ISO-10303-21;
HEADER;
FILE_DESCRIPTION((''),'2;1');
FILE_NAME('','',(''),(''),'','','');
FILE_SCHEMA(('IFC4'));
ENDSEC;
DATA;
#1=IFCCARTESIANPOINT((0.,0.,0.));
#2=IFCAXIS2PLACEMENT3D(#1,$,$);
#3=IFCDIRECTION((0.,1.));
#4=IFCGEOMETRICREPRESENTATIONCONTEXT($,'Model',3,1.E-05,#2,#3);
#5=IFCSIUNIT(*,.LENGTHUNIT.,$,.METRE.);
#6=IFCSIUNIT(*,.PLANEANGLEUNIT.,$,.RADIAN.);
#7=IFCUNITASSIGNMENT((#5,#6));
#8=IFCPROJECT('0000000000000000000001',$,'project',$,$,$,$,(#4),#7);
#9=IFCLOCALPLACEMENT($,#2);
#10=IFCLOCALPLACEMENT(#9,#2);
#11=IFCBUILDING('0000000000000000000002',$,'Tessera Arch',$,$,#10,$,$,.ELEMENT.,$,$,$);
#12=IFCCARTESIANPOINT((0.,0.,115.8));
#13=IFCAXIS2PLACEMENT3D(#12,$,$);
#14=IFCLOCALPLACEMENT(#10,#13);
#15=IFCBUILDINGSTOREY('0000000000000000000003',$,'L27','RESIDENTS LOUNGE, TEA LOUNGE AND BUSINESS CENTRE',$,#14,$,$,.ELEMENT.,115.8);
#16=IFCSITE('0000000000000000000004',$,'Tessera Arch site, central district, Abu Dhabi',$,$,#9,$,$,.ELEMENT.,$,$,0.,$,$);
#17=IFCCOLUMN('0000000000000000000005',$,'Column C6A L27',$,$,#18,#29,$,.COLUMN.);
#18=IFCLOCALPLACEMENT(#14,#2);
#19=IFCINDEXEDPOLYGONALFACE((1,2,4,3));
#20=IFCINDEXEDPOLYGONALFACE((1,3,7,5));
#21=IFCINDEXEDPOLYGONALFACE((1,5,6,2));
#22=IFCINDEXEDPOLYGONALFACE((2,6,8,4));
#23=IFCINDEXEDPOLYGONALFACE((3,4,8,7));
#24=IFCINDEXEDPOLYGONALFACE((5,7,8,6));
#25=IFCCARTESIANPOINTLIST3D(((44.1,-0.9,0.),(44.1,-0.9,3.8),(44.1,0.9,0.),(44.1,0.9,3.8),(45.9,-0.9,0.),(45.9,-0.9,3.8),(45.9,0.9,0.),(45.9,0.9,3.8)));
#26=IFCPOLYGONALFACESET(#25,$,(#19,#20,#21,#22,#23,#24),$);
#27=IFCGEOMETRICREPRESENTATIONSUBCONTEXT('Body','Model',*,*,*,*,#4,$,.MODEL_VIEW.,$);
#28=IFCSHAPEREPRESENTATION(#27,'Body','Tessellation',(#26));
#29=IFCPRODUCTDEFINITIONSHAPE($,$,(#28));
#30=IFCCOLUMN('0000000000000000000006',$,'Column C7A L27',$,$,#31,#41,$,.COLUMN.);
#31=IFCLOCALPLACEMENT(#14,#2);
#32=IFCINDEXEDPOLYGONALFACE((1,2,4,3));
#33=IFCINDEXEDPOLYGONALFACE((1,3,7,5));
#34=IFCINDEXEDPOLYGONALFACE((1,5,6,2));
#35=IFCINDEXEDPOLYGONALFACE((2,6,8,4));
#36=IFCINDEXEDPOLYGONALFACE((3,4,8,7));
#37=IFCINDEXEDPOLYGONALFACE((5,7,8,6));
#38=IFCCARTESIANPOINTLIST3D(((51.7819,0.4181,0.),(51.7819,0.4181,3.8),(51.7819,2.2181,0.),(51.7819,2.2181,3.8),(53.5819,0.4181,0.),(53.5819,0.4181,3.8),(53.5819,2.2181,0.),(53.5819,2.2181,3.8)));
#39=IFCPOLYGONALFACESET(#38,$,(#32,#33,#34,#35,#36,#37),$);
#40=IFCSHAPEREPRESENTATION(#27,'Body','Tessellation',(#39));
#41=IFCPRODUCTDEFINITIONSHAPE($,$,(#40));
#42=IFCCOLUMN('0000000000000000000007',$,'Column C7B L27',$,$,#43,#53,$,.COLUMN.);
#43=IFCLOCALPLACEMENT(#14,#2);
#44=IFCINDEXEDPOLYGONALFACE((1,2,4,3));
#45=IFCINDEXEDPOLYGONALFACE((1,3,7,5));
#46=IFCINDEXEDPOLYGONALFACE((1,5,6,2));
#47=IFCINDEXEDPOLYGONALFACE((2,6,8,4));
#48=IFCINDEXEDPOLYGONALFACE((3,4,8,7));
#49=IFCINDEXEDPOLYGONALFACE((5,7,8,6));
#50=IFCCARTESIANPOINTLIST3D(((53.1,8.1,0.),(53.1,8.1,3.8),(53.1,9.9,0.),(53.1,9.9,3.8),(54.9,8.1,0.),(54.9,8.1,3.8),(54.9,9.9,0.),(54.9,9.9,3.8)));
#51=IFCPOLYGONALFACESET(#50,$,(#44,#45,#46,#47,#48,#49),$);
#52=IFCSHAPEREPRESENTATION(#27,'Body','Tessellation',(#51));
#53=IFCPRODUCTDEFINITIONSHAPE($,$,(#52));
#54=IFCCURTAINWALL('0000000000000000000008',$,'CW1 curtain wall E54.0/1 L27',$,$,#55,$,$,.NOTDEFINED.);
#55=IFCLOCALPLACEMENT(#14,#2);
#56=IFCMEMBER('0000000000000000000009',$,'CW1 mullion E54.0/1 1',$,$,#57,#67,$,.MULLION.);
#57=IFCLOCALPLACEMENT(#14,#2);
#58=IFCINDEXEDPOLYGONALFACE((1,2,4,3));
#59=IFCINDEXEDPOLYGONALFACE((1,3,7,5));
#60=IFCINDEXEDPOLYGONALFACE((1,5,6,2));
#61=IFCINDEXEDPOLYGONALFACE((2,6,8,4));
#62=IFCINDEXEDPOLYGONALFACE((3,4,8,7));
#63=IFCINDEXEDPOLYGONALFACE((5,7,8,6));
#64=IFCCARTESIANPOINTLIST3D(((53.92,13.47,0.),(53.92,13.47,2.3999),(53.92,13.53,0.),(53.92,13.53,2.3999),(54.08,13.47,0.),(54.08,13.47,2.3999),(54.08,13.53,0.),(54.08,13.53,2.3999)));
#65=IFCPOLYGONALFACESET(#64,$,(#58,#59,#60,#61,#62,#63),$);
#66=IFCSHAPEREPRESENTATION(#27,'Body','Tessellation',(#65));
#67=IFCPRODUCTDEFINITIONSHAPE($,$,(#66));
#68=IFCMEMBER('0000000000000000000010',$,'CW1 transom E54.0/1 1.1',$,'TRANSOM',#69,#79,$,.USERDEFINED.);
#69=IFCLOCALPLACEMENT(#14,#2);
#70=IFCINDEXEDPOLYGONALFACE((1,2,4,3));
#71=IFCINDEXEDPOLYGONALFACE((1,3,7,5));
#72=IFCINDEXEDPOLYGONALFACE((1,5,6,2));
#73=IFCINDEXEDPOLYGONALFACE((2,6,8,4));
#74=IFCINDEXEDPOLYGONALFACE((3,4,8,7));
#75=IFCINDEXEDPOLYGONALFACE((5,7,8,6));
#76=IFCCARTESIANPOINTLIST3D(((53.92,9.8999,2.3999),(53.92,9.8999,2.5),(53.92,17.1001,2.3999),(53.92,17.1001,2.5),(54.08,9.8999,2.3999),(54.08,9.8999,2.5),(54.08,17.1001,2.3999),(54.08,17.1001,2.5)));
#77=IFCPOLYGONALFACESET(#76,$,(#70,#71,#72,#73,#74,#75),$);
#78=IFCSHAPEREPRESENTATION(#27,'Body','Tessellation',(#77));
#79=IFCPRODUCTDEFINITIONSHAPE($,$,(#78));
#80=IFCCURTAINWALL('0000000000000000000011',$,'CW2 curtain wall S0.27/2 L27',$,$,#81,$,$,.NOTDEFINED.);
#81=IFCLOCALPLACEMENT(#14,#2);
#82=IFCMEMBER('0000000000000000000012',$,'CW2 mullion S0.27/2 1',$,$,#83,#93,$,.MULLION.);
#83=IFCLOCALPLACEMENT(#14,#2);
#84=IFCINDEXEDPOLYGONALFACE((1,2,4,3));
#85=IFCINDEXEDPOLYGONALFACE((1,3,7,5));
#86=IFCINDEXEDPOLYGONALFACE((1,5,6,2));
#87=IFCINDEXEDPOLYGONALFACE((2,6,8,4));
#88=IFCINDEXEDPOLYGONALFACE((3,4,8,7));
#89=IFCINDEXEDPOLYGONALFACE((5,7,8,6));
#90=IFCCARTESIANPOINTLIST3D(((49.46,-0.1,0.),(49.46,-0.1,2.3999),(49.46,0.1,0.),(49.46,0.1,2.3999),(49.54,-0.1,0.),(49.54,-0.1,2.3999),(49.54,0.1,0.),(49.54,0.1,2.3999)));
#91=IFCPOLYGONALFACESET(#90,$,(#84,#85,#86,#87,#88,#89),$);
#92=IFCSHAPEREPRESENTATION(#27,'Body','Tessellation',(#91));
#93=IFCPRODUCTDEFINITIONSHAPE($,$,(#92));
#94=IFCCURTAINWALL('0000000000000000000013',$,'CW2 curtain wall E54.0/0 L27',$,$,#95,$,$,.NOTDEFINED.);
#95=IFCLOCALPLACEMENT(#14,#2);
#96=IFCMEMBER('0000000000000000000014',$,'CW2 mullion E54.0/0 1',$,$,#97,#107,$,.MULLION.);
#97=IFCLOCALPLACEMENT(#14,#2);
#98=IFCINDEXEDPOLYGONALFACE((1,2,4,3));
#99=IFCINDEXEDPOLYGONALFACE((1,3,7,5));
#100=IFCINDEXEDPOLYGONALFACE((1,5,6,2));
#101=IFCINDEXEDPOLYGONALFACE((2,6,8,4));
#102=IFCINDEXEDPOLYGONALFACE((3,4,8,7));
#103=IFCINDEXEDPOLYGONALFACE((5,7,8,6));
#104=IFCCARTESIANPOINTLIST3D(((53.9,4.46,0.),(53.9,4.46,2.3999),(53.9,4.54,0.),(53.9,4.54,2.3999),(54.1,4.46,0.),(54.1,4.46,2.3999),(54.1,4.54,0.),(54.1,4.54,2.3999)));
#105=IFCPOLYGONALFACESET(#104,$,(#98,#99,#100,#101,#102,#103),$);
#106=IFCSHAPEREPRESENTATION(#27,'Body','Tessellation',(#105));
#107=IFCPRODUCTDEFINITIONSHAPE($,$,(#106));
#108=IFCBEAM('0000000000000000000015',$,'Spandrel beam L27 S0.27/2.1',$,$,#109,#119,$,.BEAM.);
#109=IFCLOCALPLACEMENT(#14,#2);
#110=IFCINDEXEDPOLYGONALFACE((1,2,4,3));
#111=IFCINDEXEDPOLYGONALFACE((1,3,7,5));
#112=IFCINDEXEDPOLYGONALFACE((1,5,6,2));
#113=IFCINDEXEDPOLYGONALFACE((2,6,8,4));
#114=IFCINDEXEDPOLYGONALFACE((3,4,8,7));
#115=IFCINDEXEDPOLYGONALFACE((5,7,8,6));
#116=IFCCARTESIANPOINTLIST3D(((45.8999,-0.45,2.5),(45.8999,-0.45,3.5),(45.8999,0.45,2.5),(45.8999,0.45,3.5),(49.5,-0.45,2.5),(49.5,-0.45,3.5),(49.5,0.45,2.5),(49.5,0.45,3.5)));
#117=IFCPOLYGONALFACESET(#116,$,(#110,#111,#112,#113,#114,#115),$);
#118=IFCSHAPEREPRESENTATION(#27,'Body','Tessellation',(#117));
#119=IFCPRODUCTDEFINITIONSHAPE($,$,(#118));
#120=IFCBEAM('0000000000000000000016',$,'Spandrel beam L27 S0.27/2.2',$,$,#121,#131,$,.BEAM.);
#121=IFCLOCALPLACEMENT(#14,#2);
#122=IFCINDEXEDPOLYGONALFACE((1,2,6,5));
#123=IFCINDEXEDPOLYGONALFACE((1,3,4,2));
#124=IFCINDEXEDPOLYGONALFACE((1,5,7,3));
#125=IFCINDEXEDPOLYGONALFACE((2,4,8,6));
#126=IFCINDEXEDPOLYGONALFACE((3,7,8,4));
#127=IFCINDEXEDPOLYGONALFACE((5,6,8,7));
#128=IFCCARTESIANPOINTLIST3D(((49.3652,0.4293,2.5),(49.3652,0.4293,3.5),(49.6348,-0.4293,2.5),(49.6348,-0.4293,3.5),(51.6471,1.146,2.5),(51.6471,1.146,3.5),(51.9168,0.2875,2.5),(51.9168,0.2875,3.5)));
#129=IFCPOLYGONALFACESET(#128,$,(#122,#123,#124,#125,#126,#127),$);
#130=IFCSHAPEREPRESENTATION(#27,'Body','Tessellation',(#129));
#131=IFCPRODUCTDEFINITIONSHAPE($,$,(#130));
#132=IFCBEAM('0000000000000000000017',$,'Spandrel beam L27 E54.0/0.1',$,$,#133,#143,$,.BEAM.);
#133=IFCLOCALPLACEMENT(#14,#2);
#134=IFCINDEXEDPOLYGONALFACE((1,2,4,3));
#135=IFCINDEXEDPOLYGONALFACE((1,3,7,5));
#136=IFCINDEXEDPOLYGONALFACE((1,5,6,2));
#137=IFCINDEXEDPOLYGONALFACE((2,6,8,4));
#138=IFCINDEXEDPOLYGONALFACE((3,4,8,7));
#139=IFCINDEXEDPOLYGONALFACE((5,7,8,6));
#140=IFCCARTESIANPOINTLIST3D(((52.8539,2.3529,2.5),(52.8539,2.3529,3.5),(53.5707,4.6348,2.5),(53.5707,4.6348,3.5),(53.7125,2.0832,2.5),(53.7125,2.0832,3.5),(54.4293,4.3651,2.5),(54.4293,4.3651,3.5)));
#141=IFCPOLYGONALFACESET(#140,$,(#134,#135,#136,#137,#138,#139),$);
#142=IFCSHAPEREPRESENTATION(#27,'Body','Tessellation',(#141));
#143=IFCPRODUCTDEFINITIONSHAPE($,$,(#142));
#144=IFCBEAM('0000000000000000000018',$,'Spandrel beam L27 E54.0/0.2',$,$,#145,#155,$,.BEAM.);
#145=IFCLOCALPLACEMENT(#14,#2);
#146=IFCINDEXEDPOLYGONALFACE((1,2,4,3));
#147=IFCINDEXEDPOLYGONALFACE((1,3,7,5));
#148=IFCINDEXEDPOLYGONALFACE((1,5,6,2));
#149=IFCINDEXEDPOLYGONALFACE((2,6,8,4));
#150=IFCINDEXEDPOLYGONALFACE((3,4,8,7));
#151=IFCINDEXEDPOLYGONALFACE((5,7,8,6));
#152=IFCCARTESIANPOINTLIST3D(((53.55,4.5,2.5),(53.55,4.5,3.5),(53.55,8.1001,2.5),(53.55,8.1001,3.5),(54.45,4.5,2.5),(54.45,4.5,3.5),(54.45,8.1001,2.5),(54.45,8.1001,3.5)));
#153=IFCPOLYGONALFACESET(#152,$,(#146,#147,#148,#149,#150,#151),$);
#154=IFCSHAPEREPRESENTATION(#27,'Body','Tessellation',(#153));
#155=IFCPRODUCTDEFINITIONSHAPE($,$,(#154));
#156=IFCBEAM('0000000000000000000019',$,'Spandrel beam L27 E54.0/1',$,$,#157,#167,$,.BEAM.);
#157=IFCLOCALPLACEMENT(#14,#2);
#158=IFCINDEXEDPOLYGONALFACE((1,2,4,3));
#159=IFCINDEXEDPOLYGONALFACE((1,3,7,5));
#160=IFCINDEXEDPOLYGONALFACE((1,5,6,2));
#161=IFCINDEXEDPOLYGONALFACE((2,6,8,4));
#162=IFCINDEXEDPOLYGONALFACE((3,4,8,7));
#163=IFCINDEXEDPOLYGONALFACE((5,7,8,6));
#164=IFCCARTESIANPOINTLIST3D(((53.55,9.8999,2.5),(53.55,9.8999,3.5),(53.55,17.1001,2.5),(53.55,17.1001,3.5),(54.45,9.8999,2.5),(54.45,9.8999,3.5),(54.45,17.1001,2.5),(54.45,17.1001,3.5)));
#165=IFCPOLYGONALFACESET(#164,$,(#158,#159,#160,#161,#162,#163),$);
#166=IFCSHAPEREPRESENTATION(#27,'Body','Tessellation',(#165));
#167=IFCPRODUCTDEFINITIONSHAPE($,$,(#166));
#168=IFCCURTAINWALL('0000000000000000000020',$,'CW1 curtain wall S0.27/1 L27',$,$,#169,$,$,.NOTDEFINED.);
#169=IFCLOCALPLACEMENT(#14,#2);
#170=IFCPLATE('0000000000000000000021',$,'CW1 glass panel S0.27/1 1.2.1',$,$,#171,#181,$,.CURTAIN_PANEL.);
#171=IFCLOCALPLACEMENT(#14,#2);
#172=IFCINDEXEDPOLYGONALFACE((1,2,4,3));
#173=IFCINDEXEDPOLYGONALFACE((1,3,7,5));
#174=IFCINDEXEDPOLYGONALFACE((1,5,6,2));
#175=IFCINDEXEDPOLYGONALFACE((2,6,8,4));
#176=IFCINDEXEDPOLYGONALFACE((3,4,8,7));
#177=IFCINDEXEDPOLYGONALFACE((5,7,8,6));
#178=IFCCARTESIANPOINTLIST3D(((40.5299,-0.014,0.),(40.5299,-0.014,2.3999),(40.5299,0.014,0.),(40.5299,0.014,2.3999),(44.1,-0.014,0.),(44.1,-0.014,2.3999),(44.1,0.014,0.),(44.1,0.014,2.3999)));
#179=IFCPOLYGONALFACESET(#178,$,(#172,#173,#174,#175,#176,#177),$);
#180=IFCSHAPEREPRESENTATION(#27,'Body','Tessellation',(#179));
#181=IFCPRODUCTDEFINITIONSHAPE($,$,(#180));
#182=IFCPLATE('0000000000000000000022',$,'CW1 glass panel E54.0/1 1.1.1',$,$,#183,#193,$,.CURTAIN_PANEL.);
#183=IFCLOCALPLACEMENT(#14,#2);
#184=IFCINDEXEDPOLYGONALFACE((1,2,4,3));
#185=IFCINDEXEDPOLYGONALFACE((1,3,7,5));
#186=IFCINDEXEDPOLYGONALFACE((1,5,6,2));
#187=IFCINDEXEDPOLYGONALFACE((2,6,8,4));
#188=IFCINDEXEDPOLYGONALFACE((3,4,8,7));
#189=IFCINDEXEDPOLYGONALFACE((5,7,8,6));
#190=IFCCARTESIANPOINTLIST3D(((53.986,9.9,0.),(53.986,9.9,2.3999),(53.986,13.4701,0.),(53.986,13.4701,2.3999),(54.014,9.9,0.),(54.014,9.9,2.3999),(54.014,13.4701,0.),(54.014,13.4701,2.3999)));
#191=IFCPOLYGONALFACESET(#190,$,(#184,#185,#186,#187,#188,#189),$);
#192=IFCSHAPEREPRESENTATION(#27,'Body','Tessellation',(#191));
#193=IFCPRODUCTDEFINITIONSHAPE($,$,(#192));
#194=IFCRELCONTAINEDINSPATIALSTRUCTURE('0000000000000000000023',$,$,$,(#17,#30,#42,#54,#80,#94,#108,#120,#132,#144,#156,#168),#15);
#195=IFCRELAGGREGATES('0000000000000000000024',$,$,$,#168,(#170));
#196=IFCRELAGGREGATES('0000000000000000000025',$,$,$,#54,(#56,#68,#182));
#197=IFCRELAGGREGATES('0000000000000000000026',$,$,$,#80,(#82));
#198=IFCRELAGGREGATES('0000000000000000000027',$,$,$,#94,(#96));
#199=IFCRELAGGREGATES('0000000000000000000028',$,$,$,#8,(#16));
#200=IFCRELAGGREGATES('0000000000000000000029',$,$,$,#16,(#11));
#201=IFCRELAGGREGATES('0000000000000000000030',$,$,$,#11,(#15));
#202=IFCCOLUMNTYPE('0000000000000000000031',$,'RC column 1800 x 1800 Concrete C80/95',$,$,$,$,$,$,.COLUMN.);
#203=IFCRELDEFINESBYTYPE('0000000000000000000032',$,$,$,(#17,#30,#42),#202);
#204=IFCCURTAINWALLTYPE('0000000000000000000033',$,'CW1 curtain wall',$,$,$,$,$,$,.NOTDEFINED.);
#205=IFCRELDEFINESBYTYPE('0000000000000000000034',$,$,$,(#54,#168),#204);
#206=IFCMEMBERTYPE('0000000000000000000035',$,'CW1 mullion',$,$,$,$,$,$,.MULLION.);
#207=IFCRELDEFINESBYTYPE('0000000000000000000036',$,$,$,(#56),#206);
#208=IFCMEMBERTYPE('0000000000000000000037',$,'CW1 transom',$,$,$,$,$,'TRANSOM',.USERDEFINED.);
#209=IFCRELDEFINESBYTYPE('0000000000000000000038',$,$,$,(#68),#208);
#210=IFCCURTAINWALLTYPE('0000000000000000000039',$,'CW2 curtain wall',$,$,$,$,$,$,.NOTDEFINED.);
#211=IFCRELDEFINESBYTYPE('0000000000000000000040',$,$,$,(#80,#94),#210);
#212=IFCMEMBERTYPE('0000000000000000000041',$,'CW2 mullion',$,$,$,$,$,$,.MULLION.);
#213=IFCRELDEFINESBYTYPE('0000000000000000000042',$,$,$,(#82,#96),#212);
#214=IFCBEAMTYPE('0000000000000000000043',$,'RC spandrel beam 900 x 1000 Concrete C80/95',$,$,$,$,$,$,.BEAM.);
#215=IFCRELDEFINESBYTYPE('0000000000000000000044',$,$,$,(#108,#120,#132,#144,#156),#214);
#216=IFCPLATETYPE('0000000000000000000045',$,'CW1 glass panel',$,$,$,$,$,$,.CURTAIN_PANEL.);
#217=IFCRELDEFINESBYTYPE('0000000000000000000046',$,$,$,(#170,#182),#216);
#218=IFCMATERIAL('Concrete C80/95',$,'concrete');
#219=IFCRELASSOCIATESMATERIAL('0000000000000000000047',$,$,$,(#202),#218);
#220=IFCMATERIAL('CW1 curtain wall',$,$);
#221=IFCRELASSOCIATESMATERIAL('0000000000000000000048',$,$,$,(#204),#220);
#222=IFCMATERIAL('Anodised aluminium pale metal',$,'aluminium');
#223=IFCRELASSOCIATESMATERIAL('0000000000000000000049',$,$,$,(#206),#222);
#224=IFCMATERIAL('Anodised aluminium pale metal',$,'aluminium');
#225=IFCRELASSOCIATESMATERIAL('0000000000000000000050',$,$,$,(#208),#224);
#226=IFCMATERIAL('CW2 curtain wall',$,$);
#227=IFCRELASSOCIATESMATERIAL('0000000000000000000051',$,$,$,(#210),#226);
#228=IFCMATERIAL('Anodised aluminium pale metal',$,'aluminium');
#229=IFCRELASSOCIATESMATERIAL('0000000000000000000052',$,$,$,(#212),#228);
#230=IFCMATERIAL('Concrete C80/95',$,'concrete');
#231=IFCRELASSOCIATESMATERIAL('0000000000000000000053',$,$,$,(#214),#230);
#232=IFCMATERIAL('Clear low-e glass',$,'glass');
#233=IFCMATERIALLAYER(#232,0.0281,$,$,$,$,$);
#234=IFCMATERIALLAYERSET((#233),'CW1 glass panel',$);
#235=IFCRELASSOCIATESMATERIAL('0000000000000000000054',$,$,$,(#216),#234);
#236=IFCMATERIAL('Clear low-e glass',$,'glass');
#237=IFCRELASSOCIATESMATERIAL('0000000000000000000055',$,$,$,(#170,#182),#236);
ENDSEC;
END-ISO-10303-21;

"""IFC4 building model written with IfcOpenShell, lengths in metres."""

from ifc_helpers import new_model, si_unit, direction, frame, origin, origin_2d, place, context, subcontext, project, spatial, rectangle, extrude, material, layer, layer_set, material_profile, profile_set, type_object, element, aggregate, save


model = new_model("IFC4")

# Units and contexts
model_context = context("Model", 3, precision=1e-05, world=origin(), true_north=direction((0.0, 1.0)))
body_context = subcontext(model_context, "Body", "Model", "MODEL_VIEW")
ifc_project = project(units=[si_unit("LENGTHUNIT", "METRE"), si_unit("PLANEANGLEUNIT", "RADIAN")], contexts=[model_context])

# Site, building, storey
site_placement = place(None, origin())
site = spatial("IfcSite", under=ifc_project, at=site_placement, Name="Tessera Arch site, central district, Abu Dhabi", CompositionType="ELEMENT", RefElevation=0.0)
building_placement = place(site_placement, origin())
building = spatial("IfcBuilding", under=site, at=building_placement, Name="Tessera Arch", CompositionType="ELEMENT")
storey_placement = place(building_placement, frame((0.0, 0.0, 115.8)))
storey = spatial("IfcBuildingStorey", under=building, at=storey_placement, Name="L27", Description="RESIDENTS LOUNGE, TEA LOUNGE AND BUSINESS CENTRE", CompositionType="ELEMENT", Elevation=115.8)

# Columns
ifc_material_1 = material(Name="Concrete C80/95", Category="concrete")
ifc_material_profile_1 = material_profile(ifc_material_1, rectangle(XDim=1.8, YDim=1.8, at=origin_2d()), Name="RC column 1800 x 1800 Concrete C80/95")
ifc_profile_set_1 = profile_set([ifc_material_profile_1], Name="Concrete C80/95")
column_type = type_object("IfcColumnType", Name="RC column 1800 x 1800 Concrete C80/95", PredefinedType="COLUMN", material=ifc_profile_set_1)
for number, where, z_axis, x_axis, name in (
    (1, (45.0, 0.0, 0.0), (0.0, 0.0, 1.0), (1.0, 0.0, 0.0), "Column C6A L27"),
    (2, (52.6819, 1.3181, 0.0), (0.0, 0.0, 1.0), (1.0, 0.0, 0.0), "Column C7A L27"),
    (3, (54.0, 9.0, 0.0), (0.0, 0.0, 1.0), (1.0, 0.0, 0.0), "Column C7B L27"),
):
    element("IfcColumn", number, at=place(storey_placement, frame(where, z_axis=z_axis, x_axis=x_axis)), inside=storey, type_object=column_type, Name=name, PredefinedType="COLUMN", context=body_context, shape_type="SweptSolid", body=[
        extrude(rectangle(XDim=1.8, YDim=1.8, at=origin_2d()), origin(), (0.0, 0.0, 1.0), 3.8),
    ])

# Curtain wall, members
ifc_material_2 = material(Name="CW1 curtain wall")
curtain_wall_type_1 = type_object("IfcCurtainWallType", Name="CW1 curtain wall", PredefinedType="NOTDEFINED", material=ifc_material_2)
curtain_wall_1_placement = place(storey_placement, origin())
curtain_wall_1 = element("IfcCurtainWall", 4, at=curtain_wall_1_placement, inside=storey, type_object=curtain_wall_type_1, Name="CW1 curtain wall E54.0/1 L27", PredefinedType="NOTDEFINED")
ifc_material_3 = material(Name="Anodised aluminium pale metal", Category="aluminium")
ifc_material_profile_2 = material_profile(ifc_material_3, rectangle(XDim=0.1599, YDim=0.0601, at=origin_2d()), Name="AL 60x160")
ifc_profile_set_2 = profile_set([ifc_material_profile_2], Name="Anodised aluminium pale metal")
member_type_1 = type_object("IfcMemberType", Name="CW1 mullion", PredefinedType="MULLION", material=ifc_profile_set_2)
member_1_placement = place(storey_placement, frame((54.0, 13.5, 0.0), z_axis=(0.0, 0.0, 1.0), x_axis=(-1.0, 0.0, 0.0)))
member_1 = element("IfcMember", 5, at=member_1_placement, type_object=member_type_1, Name="CW1 mullion E54.0/1 1", PredefinedType="MULLION", context=body_context, shape_type="SweptSolid", body=[
    extrude(rectangle(XDim=0.1599, YDim=0.0601, at=origin_2d()), origin(), (0.0, 0.0, 1.0), 2.3999),
])
ifc_material_4 = material(Name="Anodised aluminium pale metal", Category="aluminium")
ifc_material_profile_3 = material_profile(ifc_material_4, rectangle(XDim=0.1599, YDim=0.1001, at=origin_2d()), Name="AL 160x100")
ifc_profile_set_3 = profile_set([ifc_material_profile_3], Name="Anodised aluminium pale metal")
member_type_2 = type_object("IfcMemberType", Name="CW1 transom", ElementType="TRANSOM", PredefinedType="USERDEFINED", material=ifc_profile_set_3)
member_2_placement = place(storey_placement, frame((54.0, 9.8999, 2.45), z_axis=(0.0, 1.0, 0.0), x_axis=(-1.0, 0.0, 0.0)))
member_2 = element("IfcMember", 6, at=member_2_placement, type_object=member_type_2, Name="CW1 transom E54.0/1 1.1", ObjectType="TRANSOM", PredefinedType="USERDEFINED", context=body_context, shape_type="SweptSolid", body=[
    extrude(rectangle(XDim=0.1599, YDim=0.1001, at=origin_2d()), origin(), (0.0, 0.0, 1.0), 7.2002),
])

# Curtain walls, members
ifc_material_5 = material(Name="CW2 curtain wall")
curtain_wall_type_2 = type_object("IfcCurtainWallType", Name="CW2 curtain wall", PredefinedType="NOTDEFINED", material=ifc_material_5)
curtain_wall_2_placement = place(storey_placement, origin())
curtain_wall_2 = element("IfcCurtainWall", 7, at=curtain_wall_2_placement, inside=storey, type_object=curtain_wall_type_2, Name="CW2 curtain wall S0.27/2 L27", PredefinedType="NOTDEFINED")
ifc_material_6 = material(Name="Anodised aluminium pale metal", Category="aluminium")
ifc_material_profile_4 = material_profile(ifc_material_6, rectangle(XDim=0.2, YDim=0.0801, at=origin_2d()), Name="AL 80x200")
ifc_profile_set_4 = profile_set([ifc_material_profile_4], Name="Anodised aluminium pale metal")
member_type_3 = type_object("IfcMemberType", Name="CW2 mullion", PredefinedType="MULLION", material=ifc_profile_set_4)
member_3_placement = place(storey_placement, frame((49.5, 0.0, 0.0), z_axis=(0.0, 0.0, 1.0), x_axis=(0.0, 1.0, 0.0)))
member_3 = element("IfcMember", 8, at=member_3_placement, type_object=member_type_3, Name="CW2 mullion S0.27/2 1", PredefinedType="MULLION", context=body_context, shape_type="SweptSolid", body=[
    extrude(rectangle(XDim=0.2, YDim=0.0801, at=origin_2d()), origin(), (0.0, 0.0, 1.0), 2.3999),
])
curtain_wall_3_placement = place(storey_placement, origin())
curtain_wall_3 = element("IfcCurtainWall", 9, at=curtain_wall_3_placement, inside=storey, type_object=curtain_wall_type_2, Name="CW2 curtain wall E54.0/0 L27", PredefinedType="NOTDEFINED")
member_4_placement = place(storey_placement, frame((54.0, 4.5, 0.0), z_axis=(0.0, 0.0, 1.0), x_axis=(-1.0, 0.0, 0.0)))
member_4 = element("IfcMember", 10, at=member_4_placement, type_object=member_type_3, Name="CW2 mullion E54.0/0 1", PredefinedType="MULLION", context=body_context, shape_type="SweptSolid", body=[
    extrude(rectangle(XDim=0.2, YDim=0.0801, at=origin_2d()), origin(), (0.0, 0.0, 1.0), 2.3999),
])

# Beams
ifc_material_7 = material(Name="Concrete C80/95", Category="concrete")
ifc_material_profile_5 = material_profile(ifc_material_7, rectangle(XDim=0.8999, YDim=1.0, at=origin_2d()), Name="RC spandrel beam 900 x 1000 Concrete C80/95")
ifc_profile_set_5 = profile_set([ifc_material_profile_5], Name="Concrete C80/95")
beam_type = type_object("IfcBeamType", Name="RC spandrel beam 900 x 1000 Concrete C80/95", PredefinedType="BEAM", material=ifc_profile_set_5)
beam_1_placement = place(storey_placement, frame((45.8999, 0.0, 3.0), z_axis=(1.0, 0.0, 0.0), x_axis=(0.0, 1.0, 0.0)))
element("IfcBeam", 11, at=beam_1_placement, inside=storey, type_object=beam_type, Name="Spandrel beam L27 S0.27/2.1", PredefinedType="BEAM", context=body_context, shape_type="SweptSolid", body=[
    extrude(rectangle(XDim=0.8999, YDim=1.0, at=origin_2d()), origin(), (0.0, 0.0, 1.0), 3.6001),
])
for number, where, z_axis, x_axis, name in (
    (12, (49.5, 0.0, 3.0), (0.954041, 0.299675, 0.0), (-0.299675, 0.954041, 0.0), "Spandrel beam L27 S0.27/2.2"),
    (13, (53.2832, 2.218, 3.0), (0.299675, 0.954041, 0.0), (-0.954041, 0.299675, 0.0), "Spandrel beam L27 E54.0/0.1"),
):
    element("IfcBeam", number, at=place(storey_placement, frame(where, z_axis=z_axis, x_axis=x_axis)), inside=storey, type_object=beam_type, Name=name, PredefinedType="BEAM", context=body_context, shape_type="SweptSolid", body=[
        extrude(rectangle(XDim=0.8999, YDim=1.0, at=origin_2d()), origin(), (0.0, 0.0, 1.0), 2.3918),
    ])
beam_2_placement = place(storey_placement, frame((54.0, 4.5, 3.0), z_axis=(0.0, 1.0, 0.0), x_axis=(-1.0, 0.0, 0.0)))
element("IfcBeam", 14, at=beam_2_placement, inside=storey, type_object=beam_type, Name="Spandrel beam L27 E54.0/0.2", PredefinedType="BEAM", context=body_context, shape_type="SweptSolid", body=[
    extrude(rectangle(XDim=0.8999, YDim=1.0, at=origin_2d()), origin(), (0.0, 0.0, 1.0), 3.6001),
])
beam_3_placement = place(storey_placement, frame((54.0, 9.8999, 3.0), z_axis=(0.0, 1.0, 0.0), x_axis=(-1.0, 0.0, 0.0)))
element("IfcBeam", 15, at=beam_3_placement, inside=storey, type_object=beam_type, Name="Spandrel beam L27 E54.0/1", PredefinedType="BEAM", context=body_context, shape_type="SweptSolid", body=[
    extrude(rectangle(XDim=0.8999, YDim=1.0, at=origin_2d()), origin(), (0.0, 0.0, 1.0), 7.2002),
])

# Curtain wall, plate
curtain_wall_4_placement = place(storey_placement, origin())
curtain_wall_4 = element("IfcCurtainWall", 16, at=curtain_wall_4_placement, inside=storey, type_object=curtain_wall_type_1, Name="CW1 curtain wall S0.27/1 L27", PredefinedType="NOTDEFINED")
ifc_material_8 = material(Name="Clear low-e glass", Category="glass")
ifc_material_9 = material(Name="Clear low-e glass", Category="glass")
ifc_layer_1 = layer(ifc_material_9, 0.0281)
ifc_layer_set_1 = layer_set([ifc_layer_1], Name="CW1 glass panel")
plate_type_1 = type_object("IfcPlateType", Name="CW1 glass panel", PredefinedType="CURTAIN_PANEL", material=ifc_layer_set_1)
plate_1_placement = place(storey_placement, frame((42.3149, 0.0, 0.0), z_axis=(0.0, 0.0, 1.0), x_axis=(1.0, 0.0, 0.0)))
plate_1 = element("IfcPlate", 17, at=plate_1_placement, type_object=plate_type_1, material=ifc_material_8, Name="CW1 glass panel S0.27/1 1.2.1", PredefinedType="CURTAIN_PANEL", context=body_context, shape_type="SweptSolid", body=[
    extrude(rectangle(XDim=3.5701, YDim=0.0281, at=origin_2d()), origin(), (0.0, 0.0, 1.0), 2.3999),
])
aggregate(curtain_wall_4, [plate_1])

# Plate
plate_2_placement = place(storey_placement, frame((54.0, 11.6851, 0.0), z_axis=(0.0, 0.0, 1.0), x_axis=(0.0, 1.0, 0.0)))
plate_2 = element("IfcPlate", 18, at=plate_2_placement, type_object=plate_type_1, material=ifc_material_8, Name="CW1 glass panel E54.0/1 1.1.1", PredefinedType="CURTAIN_PANEL", context=body_context, shape_type="SweptSolid", body=[
    extrude(rectangle(XDim=3.5701, YDim=0.0281, at=origin_2d()), origin(), (0.0, 0.0, 1.0), 2.3999),
])
aggregate(curtain_wall_1, [member_1, member_2, plate_2])
aggregate(curtain_wall_2, [member_3])
aggregate(curtain_wall_3, [member_4])

save(model, "model.ifc")
